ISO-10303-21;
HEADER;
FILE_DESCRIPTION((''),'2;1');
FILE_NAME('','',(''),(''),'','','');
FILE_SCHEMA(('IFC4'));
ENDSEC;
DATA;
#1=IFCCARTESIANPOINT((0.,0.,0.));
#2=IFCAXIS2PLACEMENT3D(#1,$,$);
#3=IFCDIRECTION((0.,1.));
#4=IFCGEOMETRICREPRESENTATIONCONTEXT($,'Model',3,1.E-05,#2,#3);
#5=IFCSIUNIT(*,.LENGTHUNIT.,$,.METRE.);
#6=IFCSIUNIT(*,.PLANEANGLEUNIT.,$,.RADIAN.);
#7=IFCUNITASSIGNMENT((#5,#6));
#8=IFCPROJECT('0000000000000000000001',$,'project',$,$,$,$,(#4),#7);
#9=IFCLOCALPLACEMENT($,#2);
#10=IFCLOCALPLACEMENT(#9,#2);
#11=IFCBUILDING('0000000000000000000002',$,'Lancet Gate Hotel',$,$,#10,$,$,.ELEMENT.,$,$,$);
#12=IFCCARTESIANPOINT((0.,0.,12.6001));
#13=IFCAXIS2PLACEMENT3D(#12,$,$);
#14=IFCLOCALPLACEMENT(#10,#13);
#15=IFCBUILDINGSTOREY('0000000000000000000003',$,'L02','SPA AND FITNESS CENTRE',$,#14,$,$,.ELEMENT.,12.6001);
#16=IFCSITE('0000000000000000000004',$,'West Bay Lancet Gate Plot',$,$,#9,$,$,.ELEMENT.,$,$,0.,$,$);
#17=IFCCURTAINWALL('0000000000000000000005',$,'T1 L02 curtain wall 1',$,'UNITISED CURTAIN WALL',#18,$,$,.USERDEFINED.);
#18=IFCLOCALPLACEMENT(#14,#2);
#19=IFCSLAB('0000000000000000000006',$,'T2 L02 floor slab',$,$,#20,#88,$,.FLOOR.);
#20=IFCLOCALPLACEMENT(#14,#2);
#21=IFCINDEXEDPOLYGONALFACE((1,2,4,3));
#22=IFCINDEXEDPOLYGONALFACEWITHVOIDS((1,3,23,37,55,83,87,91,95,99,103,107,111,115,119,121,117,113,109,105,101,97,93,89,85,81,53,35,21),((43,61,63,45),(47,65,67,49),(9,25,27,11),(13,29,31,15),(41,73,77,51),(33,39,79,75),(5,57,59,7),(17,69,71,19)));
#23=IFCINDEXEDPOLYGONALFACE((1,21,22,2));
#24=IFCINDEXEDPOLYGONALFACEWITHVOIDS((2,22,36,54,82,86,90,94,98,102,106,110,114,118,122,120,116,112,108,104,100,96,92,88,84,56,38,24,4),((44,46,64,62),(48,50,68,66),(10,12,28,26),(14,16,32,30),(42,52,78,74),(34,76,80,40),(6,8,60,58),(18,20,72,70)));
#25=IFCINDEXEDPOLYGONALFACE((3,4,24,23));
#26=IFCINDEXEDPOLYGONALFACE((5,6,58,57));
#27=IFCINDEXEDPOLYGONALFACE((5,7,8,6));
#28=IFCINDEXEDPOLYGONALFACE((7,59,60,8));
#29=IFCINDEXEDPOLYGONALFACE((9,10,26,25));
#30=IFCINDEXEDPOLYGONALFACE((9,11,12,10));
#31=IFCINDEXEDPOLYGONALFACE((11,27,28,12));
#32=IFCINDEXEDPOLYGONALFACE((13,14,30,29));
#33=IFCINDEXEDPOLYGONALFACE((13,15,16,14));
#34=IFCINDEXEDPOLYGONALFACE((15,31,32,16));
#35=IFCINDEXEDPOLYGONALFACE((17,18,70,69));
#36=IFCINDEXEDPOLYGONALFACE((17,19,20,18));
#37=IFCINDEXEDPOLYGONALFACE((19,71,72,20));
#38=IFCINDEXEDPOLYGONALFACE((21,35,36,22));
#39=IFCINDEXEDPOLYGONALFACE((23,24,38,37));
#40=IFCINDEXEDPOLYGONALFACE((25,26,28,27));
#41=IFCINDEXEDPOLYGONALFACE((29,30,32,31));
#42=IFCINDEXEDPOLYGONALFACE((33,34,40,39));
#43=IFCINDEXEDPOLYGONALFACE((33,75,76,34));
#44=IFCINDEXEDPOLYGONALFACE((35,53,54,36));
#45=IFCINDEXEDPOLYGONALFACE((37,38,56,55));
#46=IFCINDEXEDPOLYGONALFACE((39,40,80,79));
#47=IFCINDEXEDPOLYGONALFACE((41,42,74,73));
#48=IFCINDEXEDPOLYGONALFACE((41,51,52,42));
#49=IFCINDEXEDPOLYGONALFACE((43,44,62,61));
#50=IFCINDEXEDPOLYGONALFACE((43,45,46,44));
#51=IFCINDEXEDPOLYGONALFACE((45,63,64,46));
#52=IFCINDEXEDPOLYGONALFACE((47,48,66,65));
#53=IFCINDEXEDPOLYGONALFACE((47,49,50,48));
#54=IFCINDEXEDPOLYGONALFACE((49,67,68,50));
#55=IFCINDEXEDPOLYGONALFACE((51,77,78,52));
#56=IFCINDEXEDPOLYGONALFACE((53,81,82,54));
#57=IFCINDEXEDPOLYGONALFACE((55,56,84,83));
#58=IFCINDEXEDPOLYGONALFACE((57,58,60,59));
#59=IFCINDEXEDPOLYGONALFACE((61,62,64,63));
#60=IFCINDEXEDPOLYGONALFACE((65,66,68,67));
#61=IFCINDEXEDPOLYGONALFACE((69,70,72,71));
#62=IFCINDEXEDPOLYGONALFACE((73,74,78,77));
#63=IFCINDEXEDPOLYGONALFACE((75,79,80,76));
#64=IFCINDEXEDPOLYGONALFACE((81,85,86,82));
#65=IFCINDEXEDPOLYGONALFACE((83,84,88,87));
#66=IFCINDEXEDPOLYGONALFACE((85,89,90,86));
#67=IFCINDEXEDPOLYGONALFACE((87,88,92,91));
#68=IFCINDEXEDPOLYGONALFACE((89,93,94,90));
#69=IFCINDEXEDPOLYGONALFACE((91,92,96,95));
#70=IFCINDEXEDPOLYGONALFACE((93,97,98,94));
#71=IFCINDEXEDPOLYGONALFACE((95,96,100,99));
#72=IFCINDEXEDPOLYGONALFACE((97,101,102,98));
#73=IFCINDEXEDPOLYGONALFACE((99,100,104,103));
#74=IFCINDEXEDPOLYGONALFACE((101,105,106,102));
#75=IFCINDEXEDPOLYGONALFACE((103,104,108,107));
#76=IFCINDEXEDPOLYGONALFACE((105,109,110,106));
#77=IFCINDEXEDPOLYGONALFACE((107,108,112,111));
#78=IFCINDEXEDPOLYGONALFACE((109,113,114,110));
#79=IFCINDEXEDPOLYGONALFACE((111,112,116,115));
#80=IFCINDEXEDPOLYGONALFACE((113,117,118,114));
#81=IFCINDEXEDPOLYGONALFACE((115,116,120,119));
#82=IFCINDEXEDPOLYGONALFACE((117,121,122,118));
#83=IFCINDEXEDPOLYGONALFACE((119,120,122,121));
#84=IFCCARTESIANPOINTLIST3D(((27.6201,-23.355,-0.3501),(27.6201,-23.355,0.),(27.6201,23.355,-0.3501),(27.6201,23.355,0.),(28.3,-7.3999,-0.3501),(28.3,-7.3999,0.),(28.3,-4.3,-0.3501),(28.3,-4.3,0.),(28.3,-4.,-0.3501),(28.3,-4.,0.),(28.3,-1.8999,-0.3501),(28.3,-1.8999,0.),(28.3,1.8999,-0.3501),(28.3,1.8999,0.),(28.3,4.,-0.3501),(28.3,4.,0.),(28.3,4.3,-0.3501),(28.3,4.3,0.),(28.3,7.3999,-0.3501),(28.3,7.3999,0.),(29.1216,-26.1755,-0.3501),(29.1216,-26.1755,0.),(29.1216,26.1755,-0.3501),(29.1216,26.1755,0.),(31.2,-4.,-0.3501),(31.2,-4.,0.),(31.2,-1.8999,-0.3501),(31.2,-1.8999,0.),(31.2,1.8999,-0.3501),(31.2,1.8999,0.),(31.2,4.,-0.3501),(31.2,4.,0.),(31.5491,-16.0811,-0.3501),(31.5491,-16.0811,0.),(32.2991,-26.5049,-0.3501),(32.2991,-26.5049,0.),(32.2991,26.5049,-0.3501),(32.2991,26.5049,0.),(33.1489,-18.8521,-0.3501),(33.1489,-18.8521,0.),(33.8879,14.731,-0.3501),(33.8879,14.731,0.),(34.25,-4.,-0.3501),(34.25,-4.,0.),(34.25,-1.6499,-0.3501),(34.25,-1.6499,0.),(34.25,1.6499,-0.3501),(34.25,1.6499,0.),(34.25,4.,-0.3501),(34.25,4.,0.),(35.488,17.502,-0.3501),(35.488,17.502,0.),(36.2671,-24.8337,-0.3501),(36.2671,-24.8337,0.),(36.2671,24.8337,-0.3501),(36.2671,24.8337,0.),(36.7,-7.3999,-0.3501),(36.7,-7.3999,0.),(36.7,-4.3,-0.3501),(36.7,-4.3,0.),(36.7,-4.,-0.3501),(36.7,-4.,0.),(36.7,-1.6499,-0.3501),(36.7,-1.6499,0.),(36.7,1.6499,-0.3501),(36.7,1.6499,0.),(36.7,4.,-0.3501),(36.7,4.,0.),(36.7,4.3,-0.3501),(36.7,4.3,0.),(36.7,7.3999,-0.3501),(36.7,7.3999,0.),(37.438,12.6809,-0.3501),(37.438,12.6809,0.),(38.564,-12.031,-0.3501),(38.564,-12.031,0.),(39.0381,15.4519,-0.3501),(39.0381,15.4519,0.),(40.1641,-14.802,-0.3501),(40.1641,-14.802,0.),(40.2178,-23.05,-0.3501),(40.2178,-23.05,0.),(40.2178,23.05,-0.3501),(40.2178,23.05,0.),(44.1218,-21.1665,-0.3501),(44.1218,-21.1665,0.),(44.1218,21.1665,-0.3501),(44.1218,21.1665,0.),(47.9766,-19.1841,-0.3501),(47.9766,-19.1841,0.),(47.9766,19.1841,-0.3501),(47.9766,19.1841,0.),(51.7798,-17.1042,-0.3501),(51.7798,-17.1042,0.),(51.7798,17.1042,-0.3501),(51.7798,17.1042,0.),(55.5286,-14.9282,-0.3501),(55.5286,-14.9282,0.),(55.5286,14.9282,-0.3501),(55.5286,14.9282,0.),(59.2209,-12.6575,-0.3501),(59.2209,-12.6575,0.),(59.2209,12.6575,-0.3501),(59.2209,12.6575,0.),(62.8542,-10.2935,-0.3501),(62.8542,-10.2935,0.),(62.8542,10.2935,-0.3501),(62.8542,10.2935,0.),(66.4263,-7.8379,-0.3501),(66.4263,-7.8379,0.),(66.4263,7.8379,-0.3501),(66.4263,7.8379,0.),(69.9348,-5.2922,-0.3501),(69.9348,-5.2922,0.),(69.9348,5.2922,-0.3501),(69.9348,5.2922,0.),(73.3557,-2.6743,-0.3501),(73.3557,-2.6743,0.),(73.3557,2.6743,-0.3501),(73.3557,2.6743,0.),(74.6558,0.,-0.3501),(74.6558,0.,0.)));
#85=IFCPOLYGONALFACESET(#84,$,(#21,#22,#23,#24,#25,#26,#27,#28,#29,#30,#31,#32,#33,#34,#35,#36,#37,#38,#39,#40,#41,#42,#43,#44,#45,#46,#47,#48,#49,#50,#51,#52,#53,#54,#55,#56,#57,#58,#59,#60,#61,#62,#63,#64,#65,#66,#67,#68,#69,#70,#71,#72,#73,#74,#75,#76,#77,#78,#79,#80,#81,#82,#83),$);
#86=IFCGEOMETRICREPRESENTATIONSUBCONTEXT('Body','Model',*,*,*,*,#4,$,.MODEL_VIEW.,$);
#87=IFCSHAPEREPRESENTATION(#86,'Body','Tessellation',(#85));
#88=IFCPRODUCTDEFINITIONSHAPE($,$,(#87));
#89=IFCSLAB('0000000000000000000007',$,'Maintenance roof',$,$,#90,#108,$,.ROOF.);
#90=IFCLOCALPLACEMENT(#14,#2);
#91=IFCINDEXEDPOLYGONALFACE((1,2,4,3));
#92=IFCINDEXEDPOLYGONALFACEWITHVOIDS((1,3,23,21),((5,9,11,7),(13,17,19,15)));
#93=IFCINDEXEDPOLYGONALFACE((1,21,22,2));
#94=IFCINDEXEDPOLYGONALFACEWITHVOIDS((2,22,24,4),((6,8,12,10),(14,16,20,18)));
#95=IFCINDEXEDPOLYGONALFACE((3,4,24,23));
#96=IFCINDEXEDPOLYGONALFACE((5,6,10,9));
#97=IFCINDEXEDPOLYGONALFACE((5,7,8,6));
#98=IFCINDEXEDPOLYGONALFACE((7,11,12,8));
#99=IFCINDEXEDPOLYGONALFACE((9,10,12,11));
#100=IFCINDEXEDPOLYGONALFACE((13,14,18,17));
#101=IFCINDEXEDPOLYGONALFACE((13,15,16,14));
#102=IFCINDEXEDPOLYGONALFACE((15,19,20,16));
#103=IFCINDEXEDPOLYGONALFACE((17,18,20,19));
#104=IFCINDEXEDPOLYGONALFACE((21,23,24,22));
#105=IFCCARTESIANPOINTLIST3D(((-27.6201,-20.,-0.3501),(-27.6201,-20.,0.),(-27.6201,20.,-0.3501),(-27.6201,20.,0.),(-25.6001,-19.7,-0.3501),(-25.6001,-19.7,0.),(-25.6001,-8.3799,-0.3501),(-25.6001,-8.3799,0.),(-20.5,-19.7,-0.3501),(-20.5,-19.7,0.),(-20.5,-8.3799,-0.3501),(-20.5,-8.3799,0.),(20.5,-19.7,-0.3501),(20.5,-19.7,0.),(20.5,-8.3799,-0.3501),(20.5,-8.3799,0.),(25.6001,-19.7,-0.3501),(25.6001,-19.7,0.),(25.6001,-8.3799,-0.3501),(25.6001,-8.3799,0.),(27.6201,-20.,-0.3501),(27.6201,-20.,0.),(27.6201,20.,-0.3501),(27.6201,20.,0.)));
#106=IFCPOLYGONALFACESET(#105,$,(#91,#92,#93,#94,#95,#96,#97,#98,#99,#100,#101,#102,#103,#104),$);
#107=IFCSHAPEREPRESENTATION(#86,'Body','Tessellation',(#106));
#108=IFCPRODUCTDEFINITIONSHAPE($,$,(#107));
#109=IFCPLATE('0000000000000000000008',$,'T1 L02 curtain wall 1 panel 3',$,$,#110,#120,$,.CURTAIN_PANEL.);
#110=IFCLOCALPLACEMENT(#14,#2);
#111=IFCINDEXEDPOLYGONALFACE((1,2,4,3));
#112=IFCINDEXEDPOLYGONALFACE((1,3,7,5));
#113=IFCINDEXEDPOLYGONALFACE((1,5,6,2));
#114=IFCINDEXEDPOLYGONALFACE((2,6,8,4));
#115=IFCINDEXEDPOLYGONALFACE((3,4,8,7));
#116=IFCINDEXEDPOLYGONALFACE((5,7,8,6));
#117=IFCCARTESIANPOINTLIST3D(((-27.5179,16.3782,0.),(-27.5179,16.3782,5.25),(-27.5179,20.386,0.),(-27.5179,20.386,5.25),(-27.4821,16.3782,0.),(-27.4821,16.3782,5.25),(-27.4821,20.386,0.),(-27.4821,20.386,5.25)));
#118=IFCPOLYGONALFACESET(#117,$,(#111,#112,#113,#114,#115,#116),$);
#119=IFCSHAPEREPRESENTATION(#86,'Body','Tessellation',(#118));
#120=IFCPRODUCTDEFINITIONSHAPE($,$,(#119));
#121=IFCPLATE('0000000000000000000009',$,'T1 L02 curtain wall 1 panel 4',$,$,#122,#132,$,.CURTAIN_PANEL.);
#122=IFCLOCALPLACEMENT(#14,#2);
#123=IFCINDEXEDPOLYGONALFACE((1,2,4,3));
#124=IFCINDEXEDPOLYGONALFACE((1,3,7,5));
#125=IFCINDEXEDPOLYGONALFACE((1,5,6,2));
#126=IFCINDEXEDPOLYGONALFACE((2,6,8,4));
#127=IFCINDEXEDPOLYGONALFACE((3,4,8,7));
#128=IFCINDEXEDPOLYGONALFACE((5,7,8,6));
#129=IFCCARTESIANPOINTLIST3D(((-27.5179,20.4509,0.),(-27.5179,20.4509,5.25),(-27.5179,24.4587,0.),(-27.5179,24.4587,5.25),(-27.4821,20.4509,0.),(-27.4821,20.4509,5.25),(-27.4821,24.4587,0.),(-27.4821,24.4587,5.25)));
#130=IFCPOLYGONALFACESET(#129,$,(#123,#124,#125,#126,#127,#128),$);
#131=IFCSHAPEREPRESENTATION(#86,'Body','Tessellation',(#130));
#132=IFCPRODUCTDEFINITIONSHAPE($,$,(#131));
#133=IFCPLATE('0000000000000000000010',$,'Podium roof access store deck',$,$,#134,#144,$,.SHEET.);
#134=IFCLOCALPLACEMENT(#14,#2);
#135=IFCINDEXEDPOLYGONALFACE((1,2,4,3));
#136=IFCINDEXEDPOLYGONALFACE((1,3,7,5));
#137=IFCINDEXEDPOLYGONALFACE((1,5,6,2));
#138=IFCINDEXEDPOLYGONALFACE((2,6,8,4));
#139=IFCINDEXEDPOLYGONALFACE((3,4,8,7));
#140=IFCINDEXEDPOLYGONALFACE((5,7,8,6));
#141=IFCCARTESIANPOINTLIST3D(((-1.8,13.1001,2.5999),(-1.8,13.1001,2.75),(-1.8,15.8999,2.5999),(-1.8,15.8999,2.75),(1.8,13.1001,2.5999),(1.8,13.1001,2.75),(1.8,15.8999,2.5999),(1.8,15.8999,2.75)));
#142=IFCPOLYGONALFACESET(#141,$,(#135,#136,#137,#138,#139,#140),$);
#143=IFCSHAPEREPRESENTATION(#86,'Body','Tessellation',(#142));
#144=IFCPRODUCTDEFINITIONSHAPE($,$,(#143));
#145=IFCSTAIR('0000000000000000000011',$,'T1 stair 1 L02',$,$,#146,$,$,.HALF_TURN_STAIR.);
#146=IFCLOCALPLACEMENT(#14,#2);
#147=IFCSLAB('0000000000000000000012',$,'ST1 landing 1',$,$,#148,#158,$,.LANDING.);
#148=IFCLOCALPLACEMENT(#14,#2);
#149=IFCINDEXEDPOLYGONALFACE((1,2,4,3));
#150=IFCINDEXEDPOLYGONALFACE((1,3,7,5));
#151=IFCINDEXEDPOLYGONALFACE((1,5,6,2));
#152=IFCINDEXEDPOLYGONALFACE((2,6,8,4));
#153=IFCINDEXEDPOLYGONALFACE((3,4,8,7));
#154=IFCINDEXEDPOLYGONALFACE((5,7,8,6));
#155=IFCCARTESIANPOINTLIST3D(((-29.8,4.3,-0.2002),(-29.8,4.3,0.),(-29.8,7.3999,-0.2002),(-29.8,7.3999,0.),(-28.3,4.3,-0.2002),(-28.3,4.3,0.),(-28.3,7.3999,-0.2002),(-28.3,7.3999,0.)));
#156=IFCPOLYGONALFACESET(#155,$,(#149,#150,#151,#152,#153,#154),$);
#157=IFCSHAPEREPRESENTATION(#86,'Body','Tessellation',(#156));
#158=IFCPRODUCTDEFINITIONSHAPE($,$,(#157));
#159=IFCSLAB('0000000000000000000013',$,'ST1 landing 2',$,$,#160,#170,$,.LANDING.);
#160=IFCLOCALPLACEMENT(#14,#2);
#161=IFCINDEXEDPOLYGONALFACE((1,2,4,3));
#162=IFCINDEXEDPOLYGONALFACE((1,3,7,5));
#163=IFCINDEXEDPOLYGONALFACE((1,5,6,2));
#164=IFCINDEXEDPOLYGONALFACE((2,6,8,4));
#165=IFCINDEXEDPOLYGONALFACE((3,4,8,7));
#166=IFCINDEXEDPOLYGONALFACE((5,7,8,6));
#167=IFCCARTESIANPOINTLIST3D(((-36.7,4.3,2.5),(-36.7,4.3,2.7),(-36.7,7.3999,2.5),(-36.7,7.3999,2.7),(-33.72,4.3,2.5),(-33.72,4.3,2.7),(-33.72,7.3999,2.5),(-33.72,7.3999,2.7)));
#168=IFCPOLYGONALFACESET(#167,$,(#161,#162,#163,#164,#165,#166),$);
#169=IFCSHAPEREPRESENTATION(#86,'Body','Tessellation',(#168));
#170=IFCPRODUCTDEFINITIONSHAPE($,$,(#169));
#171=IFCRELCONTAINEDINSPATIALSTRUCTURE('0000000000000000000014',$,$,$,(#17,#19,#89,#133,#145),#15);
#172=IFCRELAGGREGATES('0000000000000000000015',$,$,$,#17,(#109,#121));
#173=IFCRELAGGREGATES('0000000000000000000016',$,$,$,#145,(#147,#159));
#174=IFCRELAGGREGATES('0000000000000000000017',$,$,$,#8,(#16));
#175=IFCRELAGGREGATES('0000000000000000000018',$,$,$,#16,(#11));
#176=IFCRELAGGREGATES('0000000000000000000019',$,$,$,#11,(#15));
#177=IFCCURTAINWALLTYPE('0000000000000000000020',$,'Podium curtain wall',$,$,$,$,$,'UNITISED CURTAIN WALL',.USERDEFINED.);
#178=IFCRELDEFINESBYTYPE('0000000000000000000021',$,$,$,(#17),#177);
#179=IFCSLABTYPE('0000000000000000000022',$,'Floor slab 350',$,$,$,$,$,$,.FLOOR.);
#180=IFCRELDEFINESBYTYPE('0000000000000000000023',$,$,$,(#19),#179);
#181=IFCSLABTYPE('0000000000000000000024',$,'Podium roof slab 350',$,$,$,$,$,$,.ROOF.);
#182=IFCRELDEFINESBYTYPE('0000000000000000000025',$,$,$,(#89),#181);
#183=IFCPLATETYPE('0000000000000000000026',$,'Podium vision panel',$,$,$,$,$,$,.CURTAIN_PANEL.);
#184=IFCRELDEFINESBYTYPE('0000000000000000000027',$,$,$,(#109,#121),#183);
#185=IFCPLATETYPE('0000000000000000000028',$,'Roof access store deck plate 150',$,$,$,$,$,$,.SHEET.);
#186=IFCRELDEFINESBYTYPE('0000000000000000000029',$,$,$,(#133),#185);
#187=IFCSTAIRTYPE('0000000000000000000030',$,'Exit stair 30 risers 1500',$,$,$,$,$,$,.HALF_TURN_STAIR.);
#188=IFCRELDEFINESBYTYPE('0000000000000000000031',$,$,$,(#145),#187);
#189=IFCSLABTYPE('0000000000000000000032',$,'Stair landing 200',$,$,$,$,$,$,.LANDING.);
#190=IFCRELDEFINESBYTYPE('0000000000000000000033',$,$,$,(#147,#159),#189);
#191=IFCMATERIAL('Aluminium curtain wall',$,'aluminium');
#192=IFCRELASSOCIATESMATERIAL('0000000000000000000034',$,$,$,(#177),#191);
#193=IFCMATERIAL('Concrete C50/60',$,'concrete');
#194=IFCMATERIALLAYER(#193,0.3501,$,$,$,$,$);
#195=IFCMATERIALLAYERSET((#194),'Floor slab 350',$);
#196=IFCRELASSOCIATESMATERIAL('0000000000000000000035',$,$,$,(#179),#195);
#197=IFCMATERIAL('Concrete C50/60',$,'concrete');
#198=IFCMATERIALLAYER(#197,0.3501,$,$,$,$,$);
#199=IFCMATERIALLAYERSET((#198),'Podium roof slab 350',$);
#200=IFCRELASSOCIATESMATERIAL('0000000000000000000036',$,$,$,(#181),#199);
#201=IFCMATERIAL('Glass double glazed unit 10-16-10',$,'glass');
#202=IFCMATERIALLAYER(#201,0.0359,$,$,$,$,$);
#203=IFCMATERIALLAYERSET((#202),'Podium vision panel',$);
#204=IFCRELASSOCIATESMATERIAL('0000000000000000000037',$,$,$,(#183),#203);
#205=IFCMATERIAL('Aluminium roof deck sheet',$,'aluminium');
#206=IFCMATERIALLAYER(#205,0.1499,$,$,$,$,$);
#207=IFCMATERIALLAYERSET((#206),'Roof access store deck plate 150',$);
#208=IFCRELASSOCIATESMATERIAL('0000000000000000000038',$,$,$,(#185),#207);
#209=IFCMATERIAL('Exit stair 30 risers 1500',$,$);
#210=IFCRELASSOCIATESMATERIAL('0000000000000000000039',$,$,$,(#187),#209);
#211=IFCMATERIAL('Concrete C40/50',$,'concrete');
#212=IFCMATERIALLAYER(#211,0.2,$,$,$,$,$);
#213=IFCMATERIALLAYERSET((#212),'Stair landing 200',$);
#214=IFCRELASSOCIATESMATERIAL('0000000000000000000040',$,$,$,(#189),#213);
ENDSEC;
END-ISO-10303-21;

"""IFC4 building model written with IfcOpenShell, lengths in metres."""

from ifc_helpers import new_model, si_unit, direction, frame, origin, origin_2d, place, context, subcontext, project, spatial, polyline, rectangle, outline, extrude, material, layer, layer_set, type_object, element, aggregate, save


model = new_model("IFC4")

# Units and contexts
model_context = context("Model", 3, precision=1e-05, world=origin(), true_north=direction((0.0, 1.0)))
body_context = subcontext(model_context, "Body", "Model", "MODEL_VIEW")
ifc_project = project(units=[si_unit("LENGTHUNIT", "METRE"), si_unit("PLANEANGLEUNIT", "RADIAN")], contexts=[model_context])

# Site, building, storey
site_placement = place(None, origin())
site = spatial("IfcSite", under=ifc_project, at=site_placement, Name="West Bay Lancet Gate Plot", CompositionType="ELEMENT", RefElevation=0.0)
building_placement = place(site_placement, origin())
building = spatial("IfcBuilding", under=site, at=building_placement, Name="Lancet Gate Hotel", CompositionType="ELEMENT")
storey_placement = place(building_placement, frame((0.0, 0.0, 12.6001)))
storey = spatial("IfcBuildingStorey", under=building, at=storey_placement, Name="L02", Description="SPA AND FITNESS CENTRE", CompositionType="ELEMENT", Elevation=12.6001)

# Curtain wall
ifc_material_1 = material(Name="Aluminium curtain wall", Category="aluminium")
curtain_wall_type = type_object("IfcCurtainWallType", Name="Podium curtain wall", ElementType="UNITISED CURTAIN WALL", PredefinedType="USERDEFINED", material=ifc_material_1)
curtain_wall_placement = place(storey_placement, origin())
curtain_wall = element("IfcCurtainWall", 1, at=curtain_wall_placement, inside=storey, type_object=curtain_wall_type, Name="T1 L02 curtain wall 1", ObjectType="UNITISED CURTAIN WALL", PredefinedType="USERDEFINED")

# Slabs
ifc_material_2 = material(Name="Concrete C50/60", Category="concrete")
ifc_layer_1 = layer(ifc_material_2, 0.3501)
ifc_layer_set_1 = layer_set([ifc_layer_1], Name="Floor slab 350")
slab_type_1 = type_object("IfcSlabType", Name="Floor slab 350", PredefinedType="FLOOR", material=ifc_layer_set_1)
slab_1_placement = place(storey_placement, frame((0.0, 0.0, -0.3501)))
element("IfcSlab", 2, at=slab_1_placement, inside=storey, type_object=slab_type_1, Name="T2 L02 floor slab", PredefinedType="FLOOR", context=body_context, shape_type="SweptSolid", body=[
    extrude(outline(polyline([(27.6201, 23.355), (27.6201, -23.355), (29.1216, -26.1755), (32.2991, -26.5049), (36.2671, -24.8337), (40.2178, -23.05), (44.1218, -21.1665), (47.9766, -19.1841), (51.7798, -17.1042), (55.5286, -14.9282), (59.2209, -12.6575), (62.8542, -10.2935), (66.4263, -7.8379), (69.9348, -5.2922), (73.3557, -2.6743), (74.6558, 0.0), (73.3557, 2.6743), (69.9348, 5.2922), (66.4263, 7.8379), (62.8542, 10.2935), (59.2209, 12.6575), (55.5286, 14.9282), (51.7798, 17.1042), (47.9766, 19.1841), (44.1218, 21.1665), (40.2178, 23.05), (36.2671, 24.8337), (32.2991, 26.5049), (29.1216, 26.1755), (27.6201, 23.355)]), holes=[polyline([(36.7, -7.3999), (36.7, -4.3), (28.3, -4.3), (28.3, -7.3999), (36.7, -7.3999)]), polyline([(28.3, -4.0), (31.2, -4.0), (31.2, -1.8999), (28.3, -1.8999), (28.3, -4.0)]), polyline([(34.25, -4.0), (36.7, -4.0), (36.7, -1.6499), (34.25, -1.6499), (34.25, -4.0)]), polyline([(36.7, 1.6499), (36.7, 4.0), (34.25, 4.0), (34.25, 1.6499), (36.7, 1.6499)]), polyline([(28.3, 1.8999), (31.2, 1.8999), (31.2, 4.0), (28.3, 4.0), (28.3, 1.8999)]), polyline([(28.3, 4.3), (36.7, 4.3), (36.7, 7.3999), (28.3, 7.3999), (28.3, 4.3)]), polyline([(31.5491, -16.0811), (33.1489, -18.8521), (40.1641, -14.802), (38.564, -12.031), (31.5491, -16.0811)]), polyline([(33.8879, 14.731), (37.438, 12.6809), (39.0381, 15.4519), (35.488, 17.502), (33.8879, 14.731)])]), origin(), (0.0, 0.0, 1.0), 0.3501),
])
ifc_material_3 = material(Name="Concrete C50/60", Category="concrete")
ifc_layer_2 = layer(ifc_material_3, 0.3501)
ifc_layer_set_2 = layer_set([ifc_layer_2], Name="Podium roof slab 350")
slab_type_2 = type_object("IfcSlabType", Name="Podium roof slab 350", PredefinedType="ROOF", material=ifc_layer_set_2)
slab_2_placement = place(storey_placement, frame((0.0, 0.0, -0.3501)))
element("IfcSlab", 3, at=slab_2_placement, inside=storey, type_object=slab_type_2, Name="Maintenance roof", PredefinedType="ROOF", context=body_context, shape_type="SweptSolid", body=[
    extrude(outline(polyline([(27.6201, 20.0), (-27.6201, 20.0), (-27.6201, -20.0), (27.6201, -20.0), (27.6201, 20.0)]), holes=[polyline([(-20.5, -19.7), (-20.5, -8.3799), (-25.6001, -8.3799), (-25.6001, -19.7), (-20.5, -19.7)]), polyline([(25.6001, -19.7), (25.6001, -8.3799), (20.5, -8.3799), (20.5, -19.7), (25.6001, -19.7)])]), origin(), (0.0, 0.0, 1.0), 0.3501),
])

# Plates
ifc_material_4 = material(Name="Glass double glazed unit 10-16-10", Category="glass")
ifc_layer_3 = layer(ifc_material_4, 0.0359)
ifc_layer_set_3 = layer_set([ifc_layer_3], Name="Podium vision panel")
plate_type_1 = type_object("IfcPlateType", Name="Podium vision panel", PredefinedType="CURTAIN_PANEL", material=ifc_layer_set_3)
plate_1_placement = place(storey_placement, frame((-27.5, 18.3821, 0.0), z_axis=(0.0, 0.0, 1.0), x_axis=(0.0, 1.0, 0.0)))
plate_1 = element("IfcPlate", 4, at=plate_1_placement, type_object=plate_type_1, Name="T1 L02 curtain wall 1 panel 3", PredefinedType="CURTAIN_PANEL", context=body_context, shape_type="SweptSolid", body=[
    extrude(rectangle(XDim=4.0078, YDim=0.0359, at=origin_2d()), origin(), (0.0, 0.0, 1.0), 5.25),
])
plate_2_placement = place(storey_placement, frame((-27.5, 22.4548, 0.0), z_axis=(0.0, 0.0, 1.0), x_axis=(0.0, 1.0, 0.0)))
plate_2 = element("IfcPlate", 5, at=plate_2_placement, type_object=plate_type_1, Name="T1 L02 curtain wall 1 panel 4", PredefinedType="CURTAIN_PANEL", context=body_context, shape_type="SweptSolid", body=[
    extrude(rectangle(XDim=4.0078, YDim=0.0359, at=origin_2d()), origin(), (0.0, 0.0, 1.0), 5.25),
])
aggregate(curtain_wall, [plate_1, plate_2])
ifc_material_5 = material(Name="Aluminium roof deck sheet", Category="aluminium")
ifc_layer_4 = layer(ifc_material_5, 0.1499)
ifc_layer_set_4 = layer_set([ifc_layer_4], Name="Roof access store deck plate 150")
plate_type_2 = type_object("IfcPlateType", Name="Roof access store deck plate 150", PredefinedType="SHEET", material=ifc_layer_set_4)
plate_3_placement = place(storey_placement, frame((0.0, 0.0, 2.5999)))
element("IfcPlate", 6, at=plate_3_placement, inside=storey, type_object=plate_type_2, Name="Podium roof access store deck", PredefinedType="SHEET", context=body_context, shape_type="SweptSolid", body=[
    extrude(outline(polyline([(1.8, 13.1001), (1.8, 15.8999), (-1.8, 15.8999), (-1.8, 13.1001), (1.8, 13.1001)])), origin(), (0.0, 0.0, 1.0), 0.1501),
])

# Stair, slabs
ifc_material_6 = material(Name="Exit stair 30 risers 1500")
stair_type = type_object("IfcStairType", Name="Exit stair 30 risers 1500", PredefinedType="HALF_TURN_STAIR", material=ifc_material_6)
stair_placement = place(storey_placement, origin())
stair = element("IfcStair", 7, at=stair_placement, inside=storey, type_object=stair_type, Name="T1 stair 1 L02", PredefinedType="HALF_TURN_STAIR")
ifc_material_7 = material(Name="Concrete C40/50", Category="concrete")
ifc_layer_5 = layer(ifc_material_7, 0.2)
ifc_layer_set_5 = layer_set([ifc_layer_5], Name="Stair landing 200")
slab_type_3 = type_object("IfcSlabType", Name="Stair landing 200", PredefinedType="LANDING", material=ifc_layer_set_5)
slab_3_placement = place(storey_placement, frame((0.0, 0.0, -0.2002)))
slab_3 = element("IfcSlab", 8, at=slab_3_placement, type_object=slab_type_3, Name="ST1 landing 1", PredefinedType="LANDING", context=body_context, shape_type="SweptSolid", body=[
    extrude(outline(polyline([(-28.3, 7.3999), (-29.8, 7.3999), (-29.8, 4.3), (-28.3, 4.3), (-28.3, 7.3999)])), origin(), (0.0, 0.0, 1.0), 0.2002),
])
slab_4_placement = place(storey_placement, frame((0.0, 0.0, 2.5)))
slab_4 = element("IfcSlab", 9, at=slab_4_placement, type_object=slab_type_3, Name="ST1 landing 2", PredefinedType="LANDING", context=body_context, shape_type="SweptSolid", body=[
    extrude(outline(polyline([(-33.72, 7.3999), (-36.7, 7.3999), (-36.7, 4.3), (-33.72, 4.3), (-33.72, 7.3999)])), origin(), (0.0, 0.0, 1.0), 0.2),
])
aggregate(stair, [slab_3, slab_4])

save(model, "model.ifc")
